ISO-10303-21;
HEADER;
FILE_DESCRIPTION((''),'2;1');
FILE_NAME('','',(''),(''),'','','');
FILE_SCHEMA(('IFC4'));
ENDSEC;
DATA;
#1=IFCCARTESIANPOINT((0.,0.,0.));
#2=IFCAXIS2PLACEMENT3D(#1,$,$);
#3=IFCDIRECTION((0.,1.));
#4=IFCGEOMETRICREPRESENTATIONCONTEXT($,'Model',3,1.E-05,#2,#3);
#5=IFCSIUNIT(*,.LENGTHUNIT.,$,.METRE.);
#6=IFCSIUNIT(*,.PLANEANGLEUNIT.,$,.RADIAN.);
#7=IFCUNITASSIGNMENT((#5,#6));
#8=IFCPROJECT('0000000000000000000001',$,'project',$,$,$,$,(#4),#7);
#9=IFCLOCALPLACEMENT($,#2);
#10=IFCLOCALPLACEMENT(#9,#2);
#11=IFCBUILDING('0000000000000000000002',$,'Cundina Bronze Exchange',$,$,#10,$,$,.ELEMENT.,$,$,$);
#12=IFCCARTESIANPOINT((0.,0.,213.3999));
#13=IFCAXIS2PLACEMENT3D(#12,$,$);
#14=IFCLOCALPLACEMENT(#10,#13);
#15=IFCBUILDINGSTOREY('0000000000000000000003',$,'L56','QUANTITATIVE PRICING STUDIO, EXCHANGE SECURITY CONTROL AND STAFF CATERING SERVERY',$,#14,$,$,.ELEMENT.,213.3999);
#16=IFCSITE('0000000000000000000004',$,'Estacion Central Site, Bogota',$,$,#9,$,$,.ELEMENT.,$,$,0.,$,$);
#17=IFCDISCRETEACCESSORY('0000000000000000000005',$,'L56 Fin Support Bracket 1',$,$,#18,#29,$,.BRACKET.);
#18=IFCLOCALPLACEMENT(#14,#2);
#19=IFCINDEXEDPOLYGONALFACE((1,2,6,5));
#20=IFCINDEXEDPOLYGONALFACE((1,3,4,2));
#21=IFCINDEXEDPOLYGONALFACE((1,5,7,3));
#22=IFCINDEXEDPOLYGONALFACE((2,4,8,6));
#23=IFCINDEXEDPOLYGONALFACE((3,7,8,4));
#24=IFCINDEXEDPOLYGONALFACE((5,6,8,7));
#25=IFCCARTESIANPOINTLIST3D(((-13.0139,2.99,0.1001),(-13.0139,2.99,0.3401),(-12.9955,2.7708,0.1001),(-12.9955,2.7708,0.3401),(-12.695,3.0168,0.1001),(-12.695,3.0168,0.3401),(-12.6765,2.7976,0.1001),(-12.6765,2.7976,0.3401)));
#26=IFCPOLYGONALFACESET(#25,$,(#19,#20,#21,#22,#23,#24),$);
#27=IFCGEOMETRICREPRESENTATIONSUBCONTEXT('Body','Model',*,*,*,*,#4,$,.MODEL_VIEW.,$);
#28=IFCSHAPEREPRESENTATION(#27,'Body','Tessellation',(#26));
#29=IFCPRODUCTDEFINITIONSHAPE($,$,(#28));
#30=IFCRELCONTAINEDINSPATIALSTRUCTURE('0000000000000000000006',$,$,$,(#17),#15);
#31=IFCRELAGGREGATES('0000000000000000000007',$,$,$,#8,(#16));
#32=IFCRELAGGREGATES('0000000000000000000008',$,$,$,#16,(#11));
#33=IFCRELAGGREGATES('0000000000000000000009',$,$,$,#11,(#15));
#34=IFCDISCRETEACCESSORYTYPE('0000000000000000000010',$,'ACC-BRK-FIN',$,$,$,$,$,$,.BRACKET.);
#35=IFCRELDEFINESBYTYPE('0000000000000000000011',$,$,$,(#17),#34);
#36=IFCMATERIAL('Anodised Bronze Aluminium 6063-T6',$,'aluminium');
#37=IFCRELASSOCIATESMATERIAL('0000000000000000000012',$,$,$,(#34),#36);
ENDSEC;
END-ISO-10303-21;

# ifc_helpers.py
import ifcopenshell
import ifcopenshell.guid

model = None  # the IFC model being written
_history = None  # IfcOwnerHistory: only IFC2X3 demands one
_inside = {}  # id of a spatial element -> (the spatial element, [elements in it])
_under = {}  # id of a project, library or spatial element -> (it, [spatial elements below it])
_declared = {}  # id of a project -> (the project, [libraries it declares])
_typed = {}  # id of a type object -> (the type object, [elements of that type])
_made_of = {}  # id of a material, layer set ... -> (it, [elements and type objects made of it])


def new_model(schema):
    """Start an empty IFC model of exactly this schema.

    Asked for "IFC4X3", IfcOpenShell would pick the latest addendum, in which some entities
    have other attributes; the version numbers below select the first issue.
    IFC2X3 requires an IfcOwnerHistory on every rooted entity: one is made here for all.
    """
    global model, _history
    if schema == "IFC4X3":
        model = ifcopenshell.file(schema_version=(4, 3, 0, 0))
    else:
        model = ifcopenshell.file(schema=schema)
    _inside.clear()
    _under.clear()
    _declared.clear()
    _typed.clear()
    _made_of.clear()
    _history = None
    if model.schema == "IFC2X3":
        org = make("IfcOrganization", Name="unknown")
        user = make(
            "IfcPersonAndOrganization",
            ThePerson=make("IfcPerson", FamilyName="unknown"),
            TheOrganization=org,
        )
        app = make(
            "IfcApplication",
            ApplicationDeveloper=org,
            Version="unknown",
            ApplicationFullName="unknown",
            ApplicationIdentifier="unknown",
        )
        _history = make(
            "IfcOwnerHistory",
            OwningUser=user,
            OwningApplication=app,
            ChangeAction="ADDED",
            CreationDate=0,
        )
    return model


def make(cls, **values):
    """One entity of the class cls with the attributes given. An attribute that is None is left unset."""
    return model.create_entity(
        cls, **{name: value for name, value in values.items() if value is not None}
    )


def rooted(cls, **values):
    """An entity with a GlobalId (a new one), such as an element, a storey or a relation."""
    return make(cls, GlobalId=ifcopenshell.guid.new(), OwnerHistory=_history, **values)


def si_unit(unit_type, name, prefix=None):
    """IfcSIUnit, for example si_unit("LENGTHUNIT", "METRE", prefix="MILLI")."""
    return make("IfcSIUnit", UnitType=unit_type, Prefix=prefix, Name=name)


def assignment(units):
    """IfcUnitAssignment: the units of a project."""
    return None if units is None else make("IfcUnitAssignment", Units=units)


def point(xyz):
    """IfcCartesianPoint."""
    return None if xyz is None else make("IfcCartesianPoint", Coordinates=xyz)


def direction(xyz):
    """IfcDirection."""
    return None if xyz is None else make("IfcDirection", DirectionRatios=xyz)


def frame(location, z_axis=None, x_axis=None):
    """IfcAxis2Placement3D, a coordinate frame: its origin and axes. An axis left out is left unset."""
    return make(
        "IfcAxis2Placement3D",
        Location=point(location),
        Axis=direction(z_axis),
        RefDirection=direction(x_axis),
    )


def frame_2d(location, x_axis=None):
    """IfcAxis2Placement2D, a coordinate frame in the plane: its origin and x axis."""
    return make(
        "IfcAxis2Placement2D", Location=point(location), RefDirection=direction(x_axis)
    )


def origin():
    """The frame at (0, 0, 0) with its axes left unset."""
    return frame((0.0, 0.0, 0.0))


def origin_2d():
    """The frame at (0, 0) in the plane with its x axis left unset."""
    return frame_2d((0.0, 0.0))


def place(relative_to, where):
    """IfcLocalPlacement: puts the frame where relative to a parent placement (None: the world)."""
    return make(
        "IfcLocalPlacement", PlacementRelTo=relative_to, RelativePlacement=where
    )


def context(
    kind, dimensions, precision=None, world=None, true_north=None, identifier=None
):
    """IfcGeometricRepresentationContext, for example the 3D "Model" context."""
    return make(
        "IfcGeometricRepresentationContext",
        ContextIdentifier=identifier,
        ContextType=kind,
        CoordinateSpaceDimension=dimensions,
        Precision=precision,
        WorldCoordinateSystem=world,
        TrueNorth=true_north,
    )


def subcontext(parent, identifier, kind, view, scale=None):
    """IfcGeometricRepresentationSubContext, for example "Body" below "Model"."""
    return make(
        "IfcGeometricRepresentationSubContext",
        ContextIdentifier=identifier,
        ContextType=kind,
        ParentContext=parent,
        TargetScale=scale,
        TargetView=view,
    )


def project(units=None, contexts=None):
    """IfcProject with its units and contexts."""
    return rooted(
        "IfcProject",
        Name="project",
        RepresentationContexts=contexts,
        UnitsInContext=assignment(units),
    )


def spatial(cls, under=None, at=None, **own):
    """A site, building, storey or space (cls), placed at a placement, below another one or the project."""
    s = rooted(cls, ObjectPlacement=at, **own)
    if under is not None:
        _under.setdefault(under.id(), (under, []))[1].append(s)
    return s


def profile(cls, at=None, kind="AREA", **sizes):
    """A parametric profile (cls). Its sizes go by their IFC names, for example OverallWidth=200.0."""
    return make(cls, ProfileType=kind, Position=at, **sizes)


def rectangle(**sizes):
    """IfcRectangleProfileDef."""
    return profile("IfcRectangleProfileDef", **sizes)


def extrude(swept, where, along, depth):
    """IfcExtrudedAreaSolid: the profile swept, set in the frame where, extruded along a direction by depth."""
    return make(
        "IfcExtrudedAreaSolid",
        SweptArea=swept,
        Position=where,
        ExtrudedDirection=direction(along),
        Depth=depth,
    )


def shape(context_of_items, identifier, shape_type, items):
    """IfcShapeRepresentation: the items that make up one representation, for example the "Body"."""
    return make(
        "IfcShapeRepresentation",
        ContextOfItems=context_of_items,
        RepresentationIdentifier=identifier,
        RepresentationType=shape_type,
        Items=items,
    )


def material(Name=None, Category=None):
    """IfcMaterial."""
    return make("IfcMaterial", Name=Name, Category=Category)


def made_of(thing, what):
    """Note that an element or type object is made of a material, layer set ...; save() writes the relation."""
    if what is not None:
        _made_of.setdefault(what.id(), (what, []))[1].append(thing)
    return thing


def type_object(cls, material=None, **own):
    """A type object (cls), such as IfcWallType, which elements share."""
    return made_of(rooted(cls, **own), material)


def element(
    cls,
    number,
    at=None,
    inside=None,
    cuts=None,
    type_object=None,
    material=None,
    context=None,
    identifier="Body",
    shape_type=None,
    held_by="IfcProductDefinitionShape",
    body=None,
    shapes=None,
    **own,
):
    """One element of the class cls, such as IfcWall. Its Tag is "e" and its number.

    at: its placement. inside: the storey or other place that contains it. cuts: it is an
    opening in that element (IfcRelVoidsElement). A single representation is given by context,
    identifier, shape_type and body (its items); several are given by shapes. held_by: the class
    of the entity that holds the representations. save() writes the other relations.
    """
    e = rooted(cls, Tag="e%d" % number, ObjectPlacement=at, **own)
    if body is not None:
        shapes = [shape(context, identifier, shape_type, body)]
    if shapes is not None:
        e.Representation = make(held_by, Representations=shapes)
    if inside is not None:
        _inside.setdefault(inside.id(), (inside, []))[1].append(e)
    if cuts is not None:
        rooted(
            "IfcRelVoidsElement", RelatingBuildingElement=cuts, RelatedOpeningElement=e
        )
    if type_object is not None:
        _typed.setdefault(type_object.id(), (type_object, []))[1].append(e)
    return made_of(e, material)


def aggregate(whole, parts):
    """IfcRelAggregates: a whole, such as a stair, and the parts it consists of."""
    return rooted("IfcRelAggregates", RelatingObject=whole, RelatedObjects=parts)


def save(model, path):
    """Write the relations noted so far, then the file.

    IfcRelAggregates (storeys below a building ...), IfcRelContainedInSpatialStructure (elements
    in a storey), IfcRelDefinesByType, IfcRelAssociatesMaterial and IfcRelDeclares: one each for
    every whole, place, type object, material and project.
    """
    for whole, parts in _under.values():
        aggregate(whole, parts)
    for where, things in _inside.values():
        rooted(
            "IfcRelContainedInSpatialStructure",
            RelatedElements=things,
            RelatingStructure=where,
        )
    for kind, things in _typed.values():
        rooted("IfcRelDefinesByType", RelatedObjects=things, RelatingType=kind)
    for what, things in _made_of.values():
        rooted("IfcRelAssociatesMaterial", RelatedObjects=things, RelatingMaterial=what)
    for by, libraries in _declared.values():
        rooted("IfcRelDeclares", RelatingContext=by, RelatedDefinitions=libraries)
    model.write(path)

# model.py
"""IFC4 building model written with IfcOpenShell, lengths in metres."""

from ifc_helpers import new_model, si_unit, direction, frame, origin, origin_2d, place, context, subcontext, project, spatial, rectangle, extrude, material, type_object, element, save


model = new_model("IFC4")

# Units and contexts
model_context = context("Model", 3, precision=1e-05, world=origin(), true_north=direction((0.0, 1.0)))
body_context = subcontext(model_context, "Body", "Model", "MODEL_VIEW")
ifc_project = project(units=[si_unit("LENGTHUNIT", "METRE"), si_unit("PLANEANGLEUNIT", "RADIAN")], contexts=[model_context])

# Site, building, storey
site_placement = place(None, origin())
site = spatial("IfcSite", under=ifc_project, at=site_placement, Name="Estacion Central Site, Bogota", CompositionType="ELEMENT", RefElevation=0.0)
building_placement = place(site_placement, origin())
building = spatial("IfcBuilding", under=site, at=building_placement, Name="Cundina Bronze Exchange", CompositionType="ELEMENT")
storey_placement = place(building_placement, frame((0.0, 0.0, 213.3999)))
storey = spatial("IfcBuildingStorey", under=building, at=storey_placement, Name="L56", Description="QUANTITATIVE PRICING STUDIO, EXCHANGE SECURITY CONTROL AND STAFF CATERING SERVERY", CompositionType="ELEMENT", Elevation=213.3999)

# Shared definitions
ifc_material_1 = material(Name="Anodised Bronze Aluminium 6063-T6", Category="aluminium")

# Discrete accessory
discrete_accessory_type = type_object("IfcDiscreteAccessoryType", Name="ACC-BRK-FIN", PredefinedType="BRACKET", material=ifc_material_1)
discrete_accessory_placement = place(storey_placement, frame((-12.8452, 2.8938, 0.1001), z_axis=(0.0, 0.0, 1.0), x_axis=(-0.083747, 0.996487, 0.0)))
element("IfcDiscreteAccessory", 1, at=discrete_accessory_placement, inside=storey, type_object=discrete_accessory_type, Name="L56 Fin Support Bracket 1", PredefinedType="BRACKET", context=body_context, shape_type="SweptSolid", body=[
    extrude(rectangle(XDim=0.22, YDim=0.3201, at=origin_2d()), origin(), (0.0, 0.0, 1.0), 0.24),
])

save(model, "model.ifc")
